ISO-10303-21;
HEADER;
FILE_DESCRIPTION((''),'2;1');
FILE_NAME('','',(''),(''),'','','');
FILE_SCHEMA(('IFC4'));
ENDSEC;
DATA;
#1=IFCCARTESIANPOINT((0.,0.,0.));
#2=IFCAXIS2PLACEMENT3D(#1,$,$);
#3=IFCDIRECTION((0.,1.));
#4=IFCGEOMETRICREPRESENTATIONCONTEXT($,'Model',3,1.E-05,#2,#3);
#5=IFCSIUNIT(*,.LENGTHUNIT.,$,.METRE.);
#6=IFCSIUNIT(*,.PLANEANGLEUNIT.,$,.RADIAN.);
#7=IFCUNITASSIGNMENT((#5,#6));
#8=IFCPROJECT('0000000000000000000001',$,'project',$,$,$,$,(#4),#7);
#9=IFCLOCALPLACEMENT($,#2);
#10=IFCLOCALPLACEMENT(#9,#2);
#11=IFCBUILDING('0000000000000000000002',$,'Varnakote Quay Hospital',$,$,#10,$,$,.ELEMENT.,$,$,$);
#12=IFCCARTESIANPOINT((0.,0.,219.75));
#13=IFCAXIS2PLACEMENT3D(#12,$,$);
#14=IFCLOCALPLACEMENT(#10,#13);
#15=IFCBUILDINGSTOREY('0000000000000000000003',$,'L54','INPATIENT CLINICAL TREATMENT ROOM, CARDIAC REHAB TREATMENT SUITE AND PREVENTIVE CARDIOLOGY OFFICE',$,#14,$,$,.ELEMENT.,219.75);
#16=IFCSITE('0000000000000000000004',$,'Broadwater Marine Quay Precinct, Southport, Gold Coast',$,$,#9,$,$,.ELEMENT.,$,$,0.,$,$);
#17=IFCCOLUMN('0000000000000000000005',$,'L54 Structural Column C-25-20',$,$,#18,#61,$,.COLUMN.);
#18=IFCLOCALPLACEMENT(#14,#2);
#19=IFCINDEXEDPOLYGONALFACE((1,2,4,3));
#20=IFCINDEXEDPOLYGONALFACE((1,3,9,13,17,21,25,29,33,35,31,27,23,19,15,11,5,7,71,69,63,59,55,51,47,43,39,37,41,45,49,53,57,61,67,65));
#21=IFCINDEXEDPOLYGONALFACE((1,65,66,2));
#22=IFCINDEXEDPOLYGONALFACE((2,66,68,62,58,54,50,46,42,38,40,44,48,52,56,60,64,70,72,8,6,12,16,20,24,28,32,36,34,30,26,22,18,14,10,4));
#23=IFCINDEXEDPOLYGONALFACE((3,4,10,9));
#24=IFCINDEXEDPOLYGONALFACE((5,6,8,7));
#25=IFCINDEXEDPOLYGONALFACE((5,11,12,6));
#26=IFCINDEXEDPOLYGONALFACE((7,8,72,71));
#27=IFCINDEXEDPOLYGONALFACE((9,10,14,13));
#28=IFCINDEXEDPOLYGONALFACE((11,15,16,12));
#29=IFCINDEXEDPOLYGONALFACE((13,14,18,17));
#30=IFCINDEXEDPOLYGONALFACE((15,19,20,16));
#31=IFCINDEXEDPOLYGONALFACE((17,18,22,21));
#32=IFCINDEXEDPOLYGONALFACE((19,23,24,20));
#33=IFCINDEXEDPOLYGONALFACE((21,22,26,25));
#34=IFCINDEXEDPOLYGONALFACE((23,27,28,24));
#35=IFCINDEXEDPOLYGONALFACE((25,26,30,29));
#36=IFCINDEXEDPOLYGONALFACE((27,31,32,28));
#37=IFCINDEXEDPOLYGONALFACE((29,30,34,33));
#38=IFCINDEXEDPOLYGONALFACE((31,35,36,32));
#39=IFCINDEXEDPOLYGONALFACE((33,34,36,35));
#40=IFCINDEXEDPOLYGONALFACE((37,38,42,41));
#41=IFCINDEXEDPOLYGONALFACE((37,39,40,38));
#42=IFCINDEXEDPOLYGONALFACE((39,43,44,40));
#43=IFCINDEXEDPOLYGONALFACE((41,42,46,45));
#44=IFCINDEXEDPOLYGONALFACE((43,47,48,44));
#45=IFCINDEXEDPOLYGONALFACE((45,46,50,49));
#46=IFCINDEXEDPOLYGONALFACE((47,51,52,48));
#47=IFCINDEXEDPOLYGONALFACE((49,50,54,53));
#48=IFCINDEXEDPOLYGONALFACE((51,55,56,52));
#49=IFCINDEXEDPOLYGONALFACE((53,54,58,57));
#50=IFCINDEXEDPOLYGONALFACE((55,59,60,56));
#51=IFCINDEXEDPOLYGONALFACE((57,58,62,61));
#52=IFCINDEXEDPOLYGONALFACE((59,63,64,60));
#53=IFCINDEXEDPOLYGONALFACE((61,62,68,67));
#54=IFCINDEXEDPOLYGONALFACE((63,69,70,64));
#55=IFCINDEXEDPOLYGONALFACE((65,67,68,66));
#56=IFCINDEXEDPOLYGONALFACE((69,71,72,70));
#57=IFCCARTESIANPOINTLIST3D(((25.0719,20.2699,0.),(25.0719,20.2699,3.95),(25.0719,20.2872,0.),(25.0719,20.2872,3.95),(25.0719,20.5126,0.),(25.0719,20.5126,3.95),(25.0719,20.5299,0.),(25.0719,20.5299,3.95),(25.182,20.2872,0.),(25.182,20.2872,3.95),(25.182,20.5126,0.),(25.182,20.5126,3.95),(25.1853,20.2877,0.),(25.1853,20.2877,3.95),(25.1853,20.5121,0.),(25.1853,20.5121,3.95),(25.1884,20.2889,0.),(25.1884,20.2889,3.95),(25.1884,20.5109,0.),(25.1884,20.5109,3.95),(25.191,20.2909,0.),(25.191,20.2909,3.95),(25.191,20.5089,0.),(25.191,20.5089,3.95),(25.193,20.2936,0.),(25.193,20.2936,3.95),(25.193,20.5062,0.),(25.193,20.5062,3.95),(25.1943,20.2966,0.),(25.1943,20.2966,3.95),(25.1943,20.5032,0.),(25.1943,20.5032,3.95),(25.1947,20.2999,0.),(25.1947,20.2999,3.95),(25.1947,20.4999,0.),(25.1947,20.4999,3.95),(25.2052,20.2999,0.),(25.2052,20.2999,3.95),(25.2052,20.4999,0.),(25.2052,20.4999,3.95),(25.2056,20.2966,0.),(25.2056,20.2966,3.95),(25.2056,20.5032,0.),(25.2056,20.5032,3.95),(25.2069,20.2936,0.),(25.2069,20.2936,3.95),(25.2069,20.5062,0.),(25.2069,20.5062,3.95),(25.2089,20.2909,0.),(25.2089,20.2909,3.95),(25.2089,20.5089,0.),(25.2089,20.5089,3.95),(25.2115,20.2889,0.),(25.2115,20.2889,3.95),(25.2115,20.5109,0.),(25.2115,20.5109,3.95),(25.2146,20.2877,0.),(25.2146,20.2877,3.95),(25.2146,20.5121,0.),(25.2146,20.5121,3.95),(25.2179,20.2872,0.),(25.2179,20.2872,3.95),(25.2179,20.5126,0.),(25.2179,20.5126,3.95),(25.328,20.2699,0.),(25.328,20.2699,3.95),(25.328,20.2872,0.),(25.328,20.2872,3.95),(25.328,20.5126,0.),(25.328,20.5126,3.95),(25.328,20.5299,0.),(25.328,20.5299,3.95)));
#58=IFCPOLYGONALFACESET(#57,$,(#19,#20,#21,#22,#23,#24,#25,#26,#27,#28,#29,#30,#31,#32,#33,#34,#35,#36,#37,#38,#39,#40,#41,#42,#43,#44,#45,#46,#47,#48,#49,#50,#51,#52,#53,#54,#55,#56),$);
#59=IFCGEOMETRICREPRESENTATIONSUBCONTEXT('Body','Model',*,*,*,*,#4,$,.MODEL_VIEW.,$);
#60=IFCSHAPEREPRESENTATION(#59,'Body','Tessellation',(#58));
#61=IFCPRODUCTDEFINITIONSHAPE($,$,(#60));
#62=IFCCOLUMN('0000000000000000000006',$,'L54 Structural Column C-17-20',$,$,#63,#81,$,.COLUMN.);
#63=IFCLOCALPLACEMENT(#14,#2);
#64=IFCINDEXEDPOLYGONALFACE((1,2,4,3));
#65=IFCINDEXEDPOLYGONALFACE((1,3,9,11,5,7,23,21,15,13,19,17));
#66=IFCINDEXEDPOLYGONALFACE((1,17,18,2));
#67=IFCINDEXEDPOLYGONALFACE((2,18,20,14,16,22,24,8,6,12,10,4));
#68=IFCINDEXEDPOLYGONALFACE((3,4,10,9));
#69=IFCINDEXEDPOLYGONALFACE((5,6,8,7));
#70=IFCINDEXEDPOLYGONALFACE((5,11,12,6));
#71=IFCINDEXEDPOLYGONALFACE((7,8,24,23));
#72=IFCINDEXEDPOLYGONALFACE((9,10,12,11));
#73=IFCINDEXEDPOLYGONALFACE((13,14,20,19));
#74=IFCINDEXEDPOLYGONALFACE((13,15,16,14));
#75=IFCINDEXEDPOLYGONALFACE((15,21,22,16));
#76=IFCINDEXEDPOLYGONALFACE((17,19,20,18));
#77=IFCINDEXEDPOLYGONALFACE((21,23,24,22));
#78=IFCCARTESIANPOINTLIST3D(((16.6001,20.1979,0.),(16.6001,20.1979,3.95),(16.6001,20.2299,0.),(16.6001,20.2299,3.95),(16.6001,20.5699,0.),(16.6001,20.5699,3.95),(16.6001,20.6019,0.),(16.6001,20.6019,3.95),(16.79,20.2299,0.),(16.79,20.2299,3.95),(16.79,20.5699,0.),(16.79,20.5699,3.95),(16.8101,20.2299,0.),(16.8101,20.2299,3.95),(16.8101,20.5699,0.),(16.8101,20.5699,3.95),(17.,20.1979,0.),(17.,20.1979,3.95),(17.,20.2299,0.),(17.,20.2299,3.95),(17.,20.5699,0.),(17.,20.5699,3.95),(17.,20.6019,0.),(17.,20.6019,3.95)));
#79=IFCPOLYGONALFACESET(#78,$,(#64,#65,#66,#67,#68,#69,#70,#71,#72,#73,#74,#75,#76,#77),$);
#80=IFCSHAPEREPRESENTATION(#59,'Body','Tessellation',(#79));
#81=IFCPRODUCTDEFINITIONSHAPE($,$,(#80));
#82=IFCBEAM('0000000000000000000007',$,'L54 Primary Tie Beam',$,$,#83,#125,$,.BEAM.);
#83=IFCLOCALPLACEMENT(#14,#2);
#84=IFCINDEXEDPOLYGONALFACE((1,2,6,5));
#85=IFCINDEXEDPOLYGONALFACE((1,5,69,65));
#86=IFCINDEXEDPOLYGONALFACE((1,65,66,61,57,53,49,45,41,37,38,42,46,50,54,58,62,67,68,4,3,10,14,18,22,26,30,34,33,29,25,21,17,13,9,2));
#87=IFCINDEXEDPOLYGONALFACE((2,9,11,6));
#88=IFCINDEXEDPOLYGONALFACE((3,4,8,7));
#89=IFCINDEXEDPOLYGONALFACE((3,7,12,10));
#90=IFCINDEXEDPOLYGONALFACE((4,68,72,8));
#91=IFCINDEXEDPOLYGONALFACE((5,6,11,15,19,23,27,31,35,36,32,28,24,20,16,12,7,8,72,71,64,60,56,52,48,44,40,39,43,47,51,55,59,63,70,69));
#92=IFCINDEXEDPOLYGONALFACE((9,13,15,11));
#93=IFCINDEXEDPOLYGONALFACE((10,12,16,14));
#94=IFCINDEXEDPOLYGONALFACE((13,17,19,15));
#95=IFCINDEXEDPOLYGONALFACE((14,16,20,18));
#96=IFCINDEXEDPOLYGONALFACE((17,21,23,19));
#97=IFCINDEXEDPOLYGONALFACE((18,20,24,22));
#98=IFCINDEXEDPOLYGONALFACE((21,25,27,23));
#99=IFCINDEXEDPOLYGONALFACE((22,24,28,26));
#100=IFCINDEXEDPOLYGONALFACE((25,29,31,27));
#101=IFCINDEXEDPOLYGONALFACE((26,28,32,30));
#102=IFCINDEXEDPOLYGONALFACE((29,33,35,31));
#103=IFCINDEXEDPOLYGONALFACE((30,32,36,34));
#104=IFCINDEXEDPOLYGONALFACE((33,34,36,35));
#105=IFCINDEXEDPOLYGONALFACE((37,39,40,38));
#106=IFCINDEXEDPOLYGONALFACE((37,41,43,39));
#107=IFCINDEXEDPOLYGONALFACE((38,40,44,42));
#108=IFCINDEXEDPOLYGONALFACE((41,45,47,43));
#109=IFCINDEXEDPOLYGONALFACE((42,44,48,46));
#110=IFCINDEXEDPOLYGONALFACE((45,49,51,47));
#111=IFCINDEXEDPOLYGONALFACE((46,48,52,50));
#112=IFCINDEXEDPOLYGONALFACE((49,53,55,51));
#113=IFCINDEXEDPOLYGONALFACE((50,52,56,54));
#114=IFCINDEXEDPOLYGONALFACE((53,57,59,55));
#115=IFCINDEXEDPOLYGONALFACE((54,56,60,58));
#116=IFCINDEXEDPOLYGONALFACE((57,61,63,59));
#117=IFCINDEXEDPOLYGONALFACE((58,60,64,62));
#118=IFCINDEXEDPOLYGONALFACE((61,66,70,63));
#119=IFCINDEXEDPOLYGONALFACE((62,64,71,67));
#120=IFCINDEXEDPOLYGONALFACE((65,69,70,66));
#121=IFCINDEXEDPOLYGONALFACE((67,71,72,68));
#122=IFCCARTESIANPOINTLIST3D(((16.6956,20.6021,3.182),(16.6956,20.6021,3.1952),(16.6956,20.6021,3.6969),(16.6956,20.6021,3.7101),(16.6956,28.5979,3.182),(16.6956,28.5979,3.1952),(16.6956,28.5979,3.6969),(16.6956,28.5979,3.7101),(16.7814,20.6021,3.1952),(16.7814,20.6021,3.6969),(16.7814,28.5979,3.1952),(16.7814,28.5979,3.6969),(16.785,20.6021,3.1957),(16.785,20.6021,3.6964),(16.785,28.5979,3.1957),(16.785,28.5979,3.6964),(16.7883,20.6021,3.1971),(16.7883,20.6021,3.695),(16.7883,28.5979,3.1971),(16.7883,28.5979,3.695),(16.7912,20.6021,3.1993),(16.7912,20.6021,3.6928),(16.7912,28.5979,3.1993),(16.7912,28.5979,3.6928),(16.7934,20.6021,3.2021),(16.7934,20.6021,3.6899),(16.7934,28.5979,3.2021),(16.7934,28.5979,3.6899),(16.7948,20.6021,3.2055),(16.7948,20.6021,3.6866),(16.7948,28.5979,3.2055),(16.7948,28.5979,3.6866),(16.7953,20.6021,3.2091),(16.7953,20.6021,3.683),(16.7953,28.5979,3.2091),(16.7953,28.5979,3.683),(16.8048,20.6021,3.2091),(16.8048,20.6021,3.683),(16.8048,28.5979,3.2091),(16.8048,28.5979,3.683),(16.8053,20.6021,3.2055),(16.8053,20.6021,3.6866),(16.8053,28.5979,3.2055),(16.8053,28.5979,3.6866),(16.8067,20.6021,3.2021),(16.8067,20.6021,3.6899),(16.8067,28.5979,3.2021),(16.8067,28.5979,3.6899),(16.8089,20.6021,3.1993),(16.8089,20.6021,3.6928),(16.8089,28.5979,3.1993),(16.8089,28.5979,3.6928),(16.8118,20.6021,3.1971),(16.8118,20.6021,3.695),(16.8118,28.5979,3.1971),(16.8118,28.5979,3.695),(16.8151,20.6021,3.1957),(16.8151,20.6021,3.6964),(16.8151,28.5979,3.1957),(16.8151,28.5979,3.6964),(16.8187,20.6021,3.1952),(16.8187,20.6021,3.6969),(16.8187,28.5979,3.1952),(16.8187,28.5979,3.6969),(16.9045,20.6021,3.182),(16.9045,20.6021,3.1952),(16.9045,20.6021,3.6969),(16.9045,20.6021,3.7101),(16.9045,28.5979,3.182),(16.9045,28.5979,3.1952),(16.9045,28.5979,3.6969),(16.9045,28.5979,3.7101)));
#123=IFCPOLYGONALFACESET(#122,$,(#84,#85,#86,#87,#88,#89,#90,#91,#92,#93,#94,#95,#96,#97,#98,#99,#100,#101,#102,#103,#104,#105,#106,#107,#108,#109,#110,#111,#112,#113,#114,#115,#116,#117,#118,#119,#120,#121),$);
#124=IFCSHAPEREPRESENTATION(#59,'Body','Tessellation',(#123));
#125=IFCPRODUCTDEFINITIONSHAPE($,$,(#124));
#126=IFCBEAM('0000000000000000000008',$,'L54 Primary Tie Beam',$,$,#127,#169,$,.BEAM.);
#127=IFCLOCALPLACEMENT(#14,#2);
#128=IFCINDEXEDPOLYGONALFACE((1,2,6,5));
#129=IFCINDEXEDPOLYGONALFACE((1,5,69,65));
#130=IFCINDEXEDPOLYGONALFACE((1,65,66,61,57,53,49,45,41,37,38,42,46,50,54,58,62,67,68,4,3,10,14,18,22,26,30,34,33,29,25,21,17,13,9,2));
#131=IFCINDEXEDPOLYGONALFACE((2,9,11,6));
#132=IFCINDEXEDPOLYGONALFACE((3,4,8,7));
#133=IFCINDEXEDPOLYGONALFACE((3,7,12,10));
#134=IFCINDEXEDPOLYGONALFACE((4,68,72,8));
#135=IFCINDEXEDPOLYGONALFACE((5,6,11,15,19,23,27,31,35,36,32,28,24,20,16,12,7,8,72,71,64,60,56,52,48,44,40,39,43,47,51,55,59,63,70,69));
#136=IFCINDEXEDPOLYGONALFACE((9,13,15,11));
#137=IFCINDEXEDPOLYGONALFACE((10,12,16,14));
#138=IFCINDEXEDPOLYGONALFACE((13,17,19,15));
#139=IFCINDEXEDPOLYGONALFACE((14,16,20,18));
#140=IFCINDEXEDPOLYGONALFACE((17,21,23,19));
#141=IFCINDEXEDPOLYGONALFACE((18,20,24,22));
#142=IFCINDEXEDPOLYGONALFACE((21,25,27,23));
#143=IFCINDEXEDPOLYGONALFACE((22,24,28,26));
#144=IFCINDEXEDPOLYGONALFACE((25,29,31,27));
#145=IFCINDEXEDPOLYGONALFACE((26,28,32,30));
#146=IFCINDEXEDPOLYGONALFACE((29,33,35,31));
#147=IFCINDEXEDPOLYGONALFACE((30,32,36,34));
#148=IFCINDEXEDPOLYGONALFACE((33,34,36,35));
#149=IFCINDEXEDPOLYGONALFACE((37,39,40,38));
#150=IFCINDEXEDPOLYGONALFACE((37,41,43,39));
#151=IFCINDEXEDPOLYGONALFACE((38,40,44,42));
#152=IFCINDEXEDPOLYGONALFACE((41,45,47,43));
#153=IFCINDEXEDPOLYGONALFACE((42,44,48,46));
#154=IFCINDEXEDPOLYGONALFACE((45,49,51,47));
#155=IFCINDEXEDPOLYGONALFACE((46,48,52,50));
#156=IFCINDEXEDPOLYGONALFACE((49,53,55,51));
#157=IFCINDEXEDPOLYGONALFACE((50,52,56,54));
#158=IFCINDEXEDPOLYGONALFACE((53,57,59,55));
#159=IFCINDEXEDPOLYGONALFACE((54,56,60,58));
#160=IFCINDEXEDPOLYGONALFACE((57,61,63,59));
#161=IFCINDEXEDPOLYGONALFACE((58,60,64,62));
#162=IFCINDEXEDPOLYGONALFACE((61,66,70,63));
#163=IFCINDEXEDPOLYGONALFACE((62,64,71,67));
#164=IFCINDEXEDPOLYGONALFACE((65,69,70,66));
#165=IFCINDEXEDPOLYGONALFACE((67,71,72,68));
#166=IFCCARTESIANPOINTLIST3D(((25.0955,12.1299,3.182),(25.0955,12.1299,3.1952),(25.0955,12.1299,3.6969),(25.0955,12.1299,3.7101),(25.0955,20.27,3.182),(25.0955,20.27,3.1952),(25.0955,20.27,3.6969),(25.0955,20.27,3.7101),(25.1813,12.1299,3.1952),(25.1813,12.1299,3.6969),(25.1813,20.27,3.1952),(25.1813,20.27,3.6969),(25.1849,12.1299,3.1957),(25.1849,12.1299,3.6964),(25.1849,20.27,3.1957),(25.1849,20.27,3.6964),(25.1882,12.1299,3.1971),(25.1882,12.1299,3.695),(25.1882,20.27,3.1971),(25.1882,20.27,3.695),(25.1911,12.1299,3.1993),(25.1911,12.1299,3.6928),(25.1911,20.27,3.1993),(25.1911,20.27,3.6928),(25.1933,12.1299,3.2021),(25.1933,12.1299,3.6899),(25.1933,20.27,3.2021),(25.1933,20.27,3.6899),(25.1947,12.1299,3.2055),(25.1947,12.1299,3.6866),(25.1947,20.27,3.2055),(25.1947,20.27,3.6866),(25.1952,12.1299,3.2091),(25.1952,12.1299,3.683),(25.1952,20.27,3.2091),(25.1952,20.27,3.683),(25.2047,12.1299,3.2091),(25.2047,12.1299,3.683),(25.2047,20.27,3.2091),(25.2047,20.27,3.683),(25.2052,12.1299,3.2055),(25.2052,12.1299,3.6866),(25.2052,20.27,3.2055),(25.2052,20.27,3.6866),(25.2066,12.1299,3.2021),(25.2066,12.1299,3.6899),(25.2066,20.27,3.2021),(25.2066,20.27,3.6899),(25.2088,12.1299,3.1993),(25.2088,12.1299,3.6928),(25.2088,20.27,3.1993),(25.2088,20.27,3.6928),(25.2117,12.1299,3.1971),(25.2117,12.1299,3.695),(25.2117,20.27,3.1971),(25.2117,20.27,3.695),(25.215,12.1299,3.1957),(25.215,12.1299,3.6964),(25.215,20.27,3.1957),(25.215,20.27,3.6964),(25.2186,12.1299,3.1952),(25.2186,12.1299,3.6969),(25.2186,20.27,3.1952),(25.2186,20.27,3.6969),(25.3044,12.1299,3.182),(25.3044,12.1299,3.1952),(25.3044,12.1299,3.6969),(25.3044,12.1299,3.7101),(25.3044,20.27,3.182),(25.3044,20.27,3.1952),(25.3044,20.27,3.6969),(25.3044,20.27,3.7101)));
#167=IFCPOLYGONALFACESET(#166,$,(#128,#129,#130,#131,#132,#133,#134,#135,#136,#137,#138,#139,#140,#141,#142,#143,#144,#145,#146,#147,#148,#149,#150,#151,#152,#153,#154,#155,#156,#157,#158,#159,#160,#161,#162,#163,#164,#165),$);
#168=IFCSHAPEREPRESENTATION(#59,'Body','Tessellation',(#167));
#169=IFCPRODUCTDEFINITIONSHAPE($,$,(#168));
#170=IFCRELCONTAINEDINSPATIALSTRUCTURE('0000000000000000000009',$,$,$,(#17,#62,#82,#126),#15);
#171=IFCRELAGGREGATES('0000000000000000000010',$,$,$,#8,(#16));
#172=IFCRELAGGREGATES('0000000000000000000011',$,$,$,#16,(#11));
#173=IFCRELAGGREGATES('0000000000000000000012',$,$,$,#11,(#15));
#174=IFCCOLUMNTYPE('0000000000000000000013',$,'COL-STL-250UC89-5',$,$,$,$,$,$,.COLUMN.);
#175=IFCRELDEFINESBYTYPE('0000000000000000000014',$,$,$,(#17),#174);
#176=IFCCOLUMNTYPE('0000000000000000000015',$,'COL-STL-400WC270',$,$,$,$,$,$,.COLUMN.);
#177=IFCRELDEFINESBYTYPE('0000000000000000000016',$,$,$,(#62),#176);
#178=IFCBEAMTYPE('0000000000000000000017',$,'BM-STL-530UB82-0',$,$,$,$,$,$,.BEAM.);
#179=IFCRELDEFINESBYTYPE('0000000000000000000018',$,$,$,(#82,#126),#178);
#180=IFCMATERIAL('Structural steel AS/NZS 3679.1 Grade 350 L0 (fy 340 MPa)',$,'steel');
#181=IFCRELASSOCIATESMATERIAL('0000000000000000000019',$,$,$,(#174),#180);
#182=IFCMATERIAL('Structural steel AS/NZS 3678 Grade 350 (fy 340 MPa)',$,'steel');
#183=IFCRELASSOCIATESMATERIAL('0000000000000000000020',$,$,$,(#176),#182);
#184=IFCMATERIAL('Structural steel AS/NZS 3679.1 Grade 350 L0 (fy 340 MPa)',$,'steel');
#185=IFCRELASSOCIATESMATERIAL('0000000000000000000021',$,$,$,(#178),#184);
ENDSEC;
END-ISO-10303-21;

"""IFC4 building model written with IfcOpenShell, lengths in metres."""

from ifc_helpers import new_model, si_unit, direction, frame, origin, origin_2d, place, context, subcontext, project, spatial, i_section, extrude, material, material_profile, profile_set, type_object, element, save


model = new_model("IFC4")

# Units and contexts
model_context = context("Model", 3, precision=1e-05, world=origin(), true_north=direction((0.0, 1.0)))
body_context = subcontext(model_context, "Body", "Model", "MODEL_VIEW")
ifc_project = project(units=[si_unit("LENGTHUNIT", "METRE"), si_unit("PLANEANGLEUNIT", "RADIAN")], contexts=[model_context])

# Site, building, storey
site_placement = place(None, origin())
site = spatial("IfcSite", under=ifc_project, at=site_placement, Name="Broadwater Marine Quay Precinct, Southport, Gold Coast", CompositionType="ELEMENT", RefElevation=0.0)
building_placement = place(site_placement, origin())
building = spatial("IfcBuilding", under=site, at=building_placement, Name="Varnakote Quay Hospital", CompositionType="ELEMENT")
storey_placement = place(building_placement, frame((0.0, 0.0, 219.75)))
storey = spatial("IfcBuildingStorey", under=building, at=storey_placement, Name="L54", Description="INPATIENT CLINICAL TREATMENT ROOM, CARDIAC REHAB TREATMENT SUITE AND PREVENTIVE CARDIOLOGY OFFICE", CompositionType="ELEMENT", Elevation=219.75)

# Columns
ifc_material_1 = material(Name="Structural steel AS/NZS 3679.1 Grade 350 L0 (fy 340 MPa)", Category="steel")
ifc_material_profile_1 = material_profile(ifc_material_1, i_section(OverallWidth=0.2561, OverallDepth=0.26, WebThickness=0.0105, FlangeThickness=0.0173, FilletRadius=0.0127, at=origin_2d()), Name="250UC89.5")
ifc_profile_set_1 = profile_set([ifc_material_profile_1], Name="Structural steel AS/NZS 3679.1 Grade 350 L0 (fy 340 MPa)")
column_type_1 = type_object("IfcColumnType", Name="COL-STL-250UC89-5", PredefinedType="COLUMN", material=ifc_profile_set_1)
column_1_placement = place(storey_placement, frame((25.2, 20.3999, 0.0), z_axis=(0.0, 0.0, 1.0), x_axis=(1.0, 0.0, 0.0)))
element("IfcColumn", 1, at=column_1_placement, inside=storey, type_object=column_type_1, Name="L54 Structural Column C-25-20", PredefinedType="COLUMN", context=body_context, shape_type="SweptSolid", body=[
    extrude(i_section(OverallWidth=0.2561, OverallDepth=0.26, WebThickness=0.0105, FlangeThickness=0.0173, FilletRadius=0.0127, at=origin_2d()), origin(), (0.0, 0.0, 1.0), 3.95),
])
ifc_material_2 = material(Name="Structural steel AS/NZS 3678 Grade 350 (fy 340 MPa)", Category="steel")
ifc_material_profile_2 = material_profile(ifc_material_2, i_section(OverallWidth=0.3999, OverallDepth=0.4041, WebThickness=0.02, FlangeThickness=0.032, at=origin_2d()), Name="400WC270")
ifc_profile_set_2 = profile_set([ifc_material_profile_2], Name="Structural steel AS/NZS 3678 Grade 350 (fy 340 MPa)")
column_type_2 = type_object("IfcColumnType", Name="COL-STL-400WC270", PredefinedType="COLUMN", material=ifc_profile_set_2)
column_2_placement = place(storey_placement, frame((16.8, 20.3999, 0.0), z_axis=(0.0, 0.0, 1.0), x_axis=(1.0, 0.0, 0.0)))
element("IfcColumn", 2, at=column_2_placement, inside=storey, type_object=column_type_2, Name="L54 Structural Column C-17-20", PredefinedType="COLUMN", context=body_context, shape_type="SweptSolid", body=[
    extrude(i_section(OverallWidth=0.3999, OverallDepth=0.4041, WebThickness=0.02, FlangeThickness=0.032, at=origin_2d()), origin(), (0.0, 0.0, 1.0), 3.95),
])

# Beams
ifc_material_3 = material(Name="Structural steel AS/NZS 3679.1 Grade 350 L0 (fy 340 MPa)", Category="steel")
ifc_material_profile_3 = material_profile(ifc_material_3, i_section(OverallWidth=0.209, OverallDepth=0.5281, WebThickness=0.0095, FlangeThickness=0.0132, FilletRadius=0.0139, at=origin_2d()), Name="530UB82.0")
ifc_profile_set_3 = profile_set([ifc_material_profile_3], Name="Structural steel AS/NZS 3679.1 Grade 350 L0 (fy 340 MPa)")
beam_type_1 = type_object("IfcBeamType", Name="BM-STL-530UB82-0", PredefinedType="BEAM", material=ifc_profile_set_3)
beam_1_placement = place(storey_placement, frame((16.8, 20.6021, 3.446), z_axis=(0.0, 1.0, 0.0), x_axis=(-1.0, 0.0, 0.0)))
element("IfcBeam", 3, at=beam_1_placement, inside=storey, type_object=beam_type_1, Name="L54 Primary Tie Beam", PredefinedType="BEAM", context=body_context, shape_type="SweptSolid", body=[
    extrude(i_section(OverallWidth=0.209, OverallDepth=0.5281, WebThickness=0.0095, FlangeThickness=0.0132, FilletRadius=0.0139, at=origin_2d()), origin(), (0.0, 0.0, 1.0), 7.9958),
])
beam_2_placement = place(storey_placement, frame((25.2, 12.1299, 3.446), z_axis=(0.0, 1.0, 0.0), x_axis=(-1.0, 0.0, 0.0)))
element("IfcBeam", 4, at=beam_2_placement, inside=storey, type_object=beam_type_1, Name="L54 Primary Tie Beam", PredefinedType="BEAM", context=body_context, shape_type="SweptSolid", body=[
    extrude(i_section(OverallWidth=0.209, OverallDepth=0.5281, WebThickness=0.0095, FlangeThickness=0.0132, FilletRadius=0.0139, at=origin_2d()), origin(), (0.0, 0.0, 1.0), 8.1401),
])

save(model, "model.ifc")
